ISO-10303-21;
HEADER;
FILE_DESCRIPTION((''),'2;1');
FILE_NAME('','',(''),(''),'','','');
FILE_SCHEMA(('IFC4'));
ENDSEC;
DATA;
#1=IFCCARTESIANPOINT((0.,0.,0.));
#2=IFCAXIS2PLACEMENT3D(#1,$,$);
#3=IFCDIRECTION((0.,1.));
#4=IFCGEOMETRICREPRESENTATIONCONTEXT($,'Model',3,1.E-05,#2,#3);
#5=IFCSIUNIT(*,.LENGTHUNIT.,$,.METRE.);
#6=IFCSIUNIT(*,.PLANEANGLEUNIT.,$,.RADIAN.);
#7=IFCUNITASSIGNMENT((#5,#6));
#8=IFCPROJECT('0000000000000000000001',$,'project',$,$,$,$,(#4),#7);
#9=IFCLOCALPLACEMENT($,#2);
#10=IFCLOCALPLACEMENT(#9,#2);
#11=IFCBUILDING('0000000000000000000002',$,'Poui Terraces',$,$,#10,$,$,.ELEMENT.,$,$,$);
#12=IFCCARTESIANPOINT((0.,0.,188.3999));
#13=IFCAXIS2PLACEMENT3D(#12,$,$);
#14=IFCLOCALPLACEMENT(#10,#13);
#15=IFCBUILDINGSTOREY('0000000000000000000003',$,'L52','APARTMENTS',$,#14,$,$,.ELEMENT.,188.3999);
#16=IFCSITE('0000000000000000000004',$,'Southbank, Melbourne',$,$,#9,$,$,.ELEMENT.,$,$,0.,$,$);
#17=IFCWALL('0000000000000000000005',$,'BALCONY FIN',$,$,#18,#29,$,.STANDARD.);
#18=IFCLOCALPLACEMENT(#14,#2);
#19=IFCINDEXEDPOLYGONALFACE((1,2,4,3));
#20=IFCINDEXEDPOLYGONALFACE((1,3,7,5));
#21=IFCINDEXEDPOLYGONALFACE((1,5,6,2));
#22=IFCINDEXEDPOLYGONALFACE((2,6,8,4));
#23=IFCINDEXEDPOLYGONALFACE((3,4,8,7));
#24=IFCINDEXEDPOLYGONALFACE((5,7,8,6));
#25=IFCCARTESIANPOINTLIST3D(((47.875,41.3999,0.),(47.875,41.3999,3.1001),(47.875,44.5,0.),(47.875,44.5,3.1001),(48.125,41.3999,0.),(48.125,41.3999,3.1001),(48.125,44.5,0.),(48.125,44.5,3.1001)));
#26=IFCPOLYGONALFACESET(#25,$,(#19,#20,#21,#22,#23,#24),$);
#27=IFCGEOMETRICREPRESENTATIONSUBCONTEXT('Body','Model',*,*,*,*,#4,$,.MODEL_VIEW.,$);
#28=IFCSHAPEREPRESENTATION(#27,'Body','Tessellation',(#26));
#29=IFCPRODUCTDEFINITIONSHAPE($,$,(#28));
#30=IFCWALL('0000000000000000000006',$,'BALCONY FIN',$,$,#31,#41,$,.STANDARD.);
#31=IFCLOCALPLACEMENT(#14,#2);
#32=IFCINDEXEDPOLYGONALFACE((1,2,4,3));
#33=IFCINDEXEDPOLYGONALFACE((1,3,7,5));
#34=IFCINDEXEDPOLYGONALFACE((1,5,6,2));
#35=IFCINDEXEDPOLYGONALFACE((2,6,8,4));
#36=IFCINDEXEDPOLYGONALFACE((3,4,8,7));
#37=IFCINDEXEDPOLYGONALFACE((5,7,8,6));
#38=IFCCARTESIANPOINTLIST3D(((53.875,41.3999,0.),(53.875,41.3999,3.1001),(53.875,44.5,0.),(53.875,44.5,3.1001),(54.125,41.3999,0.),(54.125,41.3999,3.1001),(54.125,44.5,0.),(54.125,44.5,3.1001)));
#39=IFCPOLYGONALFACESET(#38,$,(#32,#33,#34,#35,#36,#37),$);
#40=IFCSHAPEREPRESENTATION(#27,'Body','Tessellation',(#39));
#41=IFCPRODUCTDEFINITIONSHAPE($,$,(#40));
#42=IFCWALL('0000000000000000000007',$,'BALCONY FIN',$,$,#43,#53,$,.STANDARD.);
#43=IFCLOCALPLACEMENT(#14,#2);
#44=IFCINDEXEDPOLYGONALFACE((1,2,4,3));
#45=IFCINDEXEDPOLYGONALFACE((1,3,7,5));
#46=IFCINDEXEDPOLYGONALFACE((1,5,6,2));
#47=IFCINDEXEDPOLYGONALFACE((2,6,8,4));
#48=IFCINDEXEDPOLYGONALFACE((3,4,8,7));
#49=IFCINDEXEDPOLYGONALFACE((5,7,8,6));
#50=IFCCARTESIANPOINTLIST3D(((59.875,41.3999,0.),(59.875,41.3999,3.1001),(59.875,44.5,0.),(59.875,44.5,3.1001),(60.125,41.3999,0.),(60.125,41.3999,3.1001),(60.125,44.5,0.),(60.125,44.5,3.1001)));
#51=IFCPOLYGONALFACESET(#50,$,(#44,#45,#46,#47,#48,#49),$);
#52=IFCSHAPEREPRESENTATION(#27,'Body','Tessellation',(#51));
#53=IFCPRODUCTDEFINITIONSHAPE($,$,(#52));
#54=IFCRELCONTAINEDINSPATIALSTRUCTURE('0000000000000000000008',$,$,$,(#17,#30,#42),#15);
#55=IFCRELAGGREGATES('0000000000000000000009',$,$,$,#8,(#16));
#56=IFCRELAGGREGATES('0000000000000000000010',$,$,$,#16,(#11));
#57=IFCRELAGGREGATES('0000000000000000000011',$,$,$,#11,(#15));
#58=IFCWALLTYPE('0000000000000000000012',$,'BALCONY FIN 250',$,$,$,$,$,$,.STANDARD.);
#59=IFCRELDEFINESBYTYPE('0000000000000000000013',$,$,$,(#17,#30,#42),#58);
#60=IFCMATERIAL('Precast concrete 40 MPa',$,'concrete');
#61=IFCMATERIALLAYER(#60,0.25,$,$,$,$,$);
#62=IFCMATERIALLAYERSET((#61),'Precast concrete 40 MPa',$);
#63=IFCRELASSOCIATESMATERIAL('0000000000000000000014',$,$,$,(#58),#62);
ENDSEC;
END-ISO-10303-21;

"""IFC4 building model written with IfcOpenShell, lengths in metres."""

from ifc_helpers import new_model, si_unit, direction, frame, origin, place, context, subcontext, project, spatial, polyline, outline, extrude, source, transform, mapped, material, layer, layer_set, type_object, element, save


model = new_model("IFC4")

# Units and contexts
model_context = context("Model", 3, precision=1e-05, world=origin(), true_north=direction((0.0, 1.0)))
body_context = subcontext(model_context, "Body", "Model", "MODEL_VIEW")
ifc_project = project(units=[si_unit("LENGTHUNIT", "METRE"), si_unit("PLANEANGLEUNIT", "RADIAN")], contexts=[model_context])

# Site, building, storey
site_placement = place(None, origin())
site = spatial("IfcSite", under=ifc_project, at=site_placement, Name="Southbank, Melbourne", CompositionType="ELEMENT", RefElevation=0.0)
building_placement = place(site_placement, origin())
building = spatial("IfcBuilding", under=site, at=building_placement, Name="Poui Terraces", CompositionType="ELEMENT")
storey_placement = place(building_placement, frame((0.0, 0.0, 188.3999)))
storey = spatial("IfcBuildingStorey", under=building, at=storey_placement, Name="L52", Description="APARTMENTS", CompositionType="ELEMENT", Elevation=188.3999)

# Walls
ifc_material_1 = material(Name="Precast concrete 40 MPa", Category="concrete")
ifc_layer_1 = layer(ifc_material_1, 0.25)
ifc_layer_set_1 = layer_set([ifc_layer_1], Name="Precast concrete 40 MPa")
wall_type_1 = type_object("IfcWallType", Name="BALCONY FIN 250", PredefinedType="STANDARD", material=ifc_layer_set_1)
shared_shape_1 = source(origin(), body_context, "Body", "SweptSolid", [
    extrude(outline(polyline([(0.0, 0.0), (0.25, 0.0), (0.25, 3.1001), (0.0, 3.1001), (0.0, 0.0)])), origin(), (0.0, 0.0, 1.0), 3.1001),
])
for number, where, name in (
    (1, (47.875, 41.3999, 0.0), "BALCONY FIN"),
    (2, (53.875, 41.3999, 0.0), "BALCONY FIN"),
    (3, (59.875, 41.3999, 0.0), "BALCONY FIN"),
):
    element("IfcWall", number, at=place(storey_placement, frame(where)), inside=storey, type_object=wall_type_1, Name=name, PredefinedType="STANDARD", context=body_context, shape_type="MappedRepresentation", body=[
        mapped(shared_shape_1, transform((0.0, 0.0, 0.0))),
    ])

save(model, "model.ifc")
